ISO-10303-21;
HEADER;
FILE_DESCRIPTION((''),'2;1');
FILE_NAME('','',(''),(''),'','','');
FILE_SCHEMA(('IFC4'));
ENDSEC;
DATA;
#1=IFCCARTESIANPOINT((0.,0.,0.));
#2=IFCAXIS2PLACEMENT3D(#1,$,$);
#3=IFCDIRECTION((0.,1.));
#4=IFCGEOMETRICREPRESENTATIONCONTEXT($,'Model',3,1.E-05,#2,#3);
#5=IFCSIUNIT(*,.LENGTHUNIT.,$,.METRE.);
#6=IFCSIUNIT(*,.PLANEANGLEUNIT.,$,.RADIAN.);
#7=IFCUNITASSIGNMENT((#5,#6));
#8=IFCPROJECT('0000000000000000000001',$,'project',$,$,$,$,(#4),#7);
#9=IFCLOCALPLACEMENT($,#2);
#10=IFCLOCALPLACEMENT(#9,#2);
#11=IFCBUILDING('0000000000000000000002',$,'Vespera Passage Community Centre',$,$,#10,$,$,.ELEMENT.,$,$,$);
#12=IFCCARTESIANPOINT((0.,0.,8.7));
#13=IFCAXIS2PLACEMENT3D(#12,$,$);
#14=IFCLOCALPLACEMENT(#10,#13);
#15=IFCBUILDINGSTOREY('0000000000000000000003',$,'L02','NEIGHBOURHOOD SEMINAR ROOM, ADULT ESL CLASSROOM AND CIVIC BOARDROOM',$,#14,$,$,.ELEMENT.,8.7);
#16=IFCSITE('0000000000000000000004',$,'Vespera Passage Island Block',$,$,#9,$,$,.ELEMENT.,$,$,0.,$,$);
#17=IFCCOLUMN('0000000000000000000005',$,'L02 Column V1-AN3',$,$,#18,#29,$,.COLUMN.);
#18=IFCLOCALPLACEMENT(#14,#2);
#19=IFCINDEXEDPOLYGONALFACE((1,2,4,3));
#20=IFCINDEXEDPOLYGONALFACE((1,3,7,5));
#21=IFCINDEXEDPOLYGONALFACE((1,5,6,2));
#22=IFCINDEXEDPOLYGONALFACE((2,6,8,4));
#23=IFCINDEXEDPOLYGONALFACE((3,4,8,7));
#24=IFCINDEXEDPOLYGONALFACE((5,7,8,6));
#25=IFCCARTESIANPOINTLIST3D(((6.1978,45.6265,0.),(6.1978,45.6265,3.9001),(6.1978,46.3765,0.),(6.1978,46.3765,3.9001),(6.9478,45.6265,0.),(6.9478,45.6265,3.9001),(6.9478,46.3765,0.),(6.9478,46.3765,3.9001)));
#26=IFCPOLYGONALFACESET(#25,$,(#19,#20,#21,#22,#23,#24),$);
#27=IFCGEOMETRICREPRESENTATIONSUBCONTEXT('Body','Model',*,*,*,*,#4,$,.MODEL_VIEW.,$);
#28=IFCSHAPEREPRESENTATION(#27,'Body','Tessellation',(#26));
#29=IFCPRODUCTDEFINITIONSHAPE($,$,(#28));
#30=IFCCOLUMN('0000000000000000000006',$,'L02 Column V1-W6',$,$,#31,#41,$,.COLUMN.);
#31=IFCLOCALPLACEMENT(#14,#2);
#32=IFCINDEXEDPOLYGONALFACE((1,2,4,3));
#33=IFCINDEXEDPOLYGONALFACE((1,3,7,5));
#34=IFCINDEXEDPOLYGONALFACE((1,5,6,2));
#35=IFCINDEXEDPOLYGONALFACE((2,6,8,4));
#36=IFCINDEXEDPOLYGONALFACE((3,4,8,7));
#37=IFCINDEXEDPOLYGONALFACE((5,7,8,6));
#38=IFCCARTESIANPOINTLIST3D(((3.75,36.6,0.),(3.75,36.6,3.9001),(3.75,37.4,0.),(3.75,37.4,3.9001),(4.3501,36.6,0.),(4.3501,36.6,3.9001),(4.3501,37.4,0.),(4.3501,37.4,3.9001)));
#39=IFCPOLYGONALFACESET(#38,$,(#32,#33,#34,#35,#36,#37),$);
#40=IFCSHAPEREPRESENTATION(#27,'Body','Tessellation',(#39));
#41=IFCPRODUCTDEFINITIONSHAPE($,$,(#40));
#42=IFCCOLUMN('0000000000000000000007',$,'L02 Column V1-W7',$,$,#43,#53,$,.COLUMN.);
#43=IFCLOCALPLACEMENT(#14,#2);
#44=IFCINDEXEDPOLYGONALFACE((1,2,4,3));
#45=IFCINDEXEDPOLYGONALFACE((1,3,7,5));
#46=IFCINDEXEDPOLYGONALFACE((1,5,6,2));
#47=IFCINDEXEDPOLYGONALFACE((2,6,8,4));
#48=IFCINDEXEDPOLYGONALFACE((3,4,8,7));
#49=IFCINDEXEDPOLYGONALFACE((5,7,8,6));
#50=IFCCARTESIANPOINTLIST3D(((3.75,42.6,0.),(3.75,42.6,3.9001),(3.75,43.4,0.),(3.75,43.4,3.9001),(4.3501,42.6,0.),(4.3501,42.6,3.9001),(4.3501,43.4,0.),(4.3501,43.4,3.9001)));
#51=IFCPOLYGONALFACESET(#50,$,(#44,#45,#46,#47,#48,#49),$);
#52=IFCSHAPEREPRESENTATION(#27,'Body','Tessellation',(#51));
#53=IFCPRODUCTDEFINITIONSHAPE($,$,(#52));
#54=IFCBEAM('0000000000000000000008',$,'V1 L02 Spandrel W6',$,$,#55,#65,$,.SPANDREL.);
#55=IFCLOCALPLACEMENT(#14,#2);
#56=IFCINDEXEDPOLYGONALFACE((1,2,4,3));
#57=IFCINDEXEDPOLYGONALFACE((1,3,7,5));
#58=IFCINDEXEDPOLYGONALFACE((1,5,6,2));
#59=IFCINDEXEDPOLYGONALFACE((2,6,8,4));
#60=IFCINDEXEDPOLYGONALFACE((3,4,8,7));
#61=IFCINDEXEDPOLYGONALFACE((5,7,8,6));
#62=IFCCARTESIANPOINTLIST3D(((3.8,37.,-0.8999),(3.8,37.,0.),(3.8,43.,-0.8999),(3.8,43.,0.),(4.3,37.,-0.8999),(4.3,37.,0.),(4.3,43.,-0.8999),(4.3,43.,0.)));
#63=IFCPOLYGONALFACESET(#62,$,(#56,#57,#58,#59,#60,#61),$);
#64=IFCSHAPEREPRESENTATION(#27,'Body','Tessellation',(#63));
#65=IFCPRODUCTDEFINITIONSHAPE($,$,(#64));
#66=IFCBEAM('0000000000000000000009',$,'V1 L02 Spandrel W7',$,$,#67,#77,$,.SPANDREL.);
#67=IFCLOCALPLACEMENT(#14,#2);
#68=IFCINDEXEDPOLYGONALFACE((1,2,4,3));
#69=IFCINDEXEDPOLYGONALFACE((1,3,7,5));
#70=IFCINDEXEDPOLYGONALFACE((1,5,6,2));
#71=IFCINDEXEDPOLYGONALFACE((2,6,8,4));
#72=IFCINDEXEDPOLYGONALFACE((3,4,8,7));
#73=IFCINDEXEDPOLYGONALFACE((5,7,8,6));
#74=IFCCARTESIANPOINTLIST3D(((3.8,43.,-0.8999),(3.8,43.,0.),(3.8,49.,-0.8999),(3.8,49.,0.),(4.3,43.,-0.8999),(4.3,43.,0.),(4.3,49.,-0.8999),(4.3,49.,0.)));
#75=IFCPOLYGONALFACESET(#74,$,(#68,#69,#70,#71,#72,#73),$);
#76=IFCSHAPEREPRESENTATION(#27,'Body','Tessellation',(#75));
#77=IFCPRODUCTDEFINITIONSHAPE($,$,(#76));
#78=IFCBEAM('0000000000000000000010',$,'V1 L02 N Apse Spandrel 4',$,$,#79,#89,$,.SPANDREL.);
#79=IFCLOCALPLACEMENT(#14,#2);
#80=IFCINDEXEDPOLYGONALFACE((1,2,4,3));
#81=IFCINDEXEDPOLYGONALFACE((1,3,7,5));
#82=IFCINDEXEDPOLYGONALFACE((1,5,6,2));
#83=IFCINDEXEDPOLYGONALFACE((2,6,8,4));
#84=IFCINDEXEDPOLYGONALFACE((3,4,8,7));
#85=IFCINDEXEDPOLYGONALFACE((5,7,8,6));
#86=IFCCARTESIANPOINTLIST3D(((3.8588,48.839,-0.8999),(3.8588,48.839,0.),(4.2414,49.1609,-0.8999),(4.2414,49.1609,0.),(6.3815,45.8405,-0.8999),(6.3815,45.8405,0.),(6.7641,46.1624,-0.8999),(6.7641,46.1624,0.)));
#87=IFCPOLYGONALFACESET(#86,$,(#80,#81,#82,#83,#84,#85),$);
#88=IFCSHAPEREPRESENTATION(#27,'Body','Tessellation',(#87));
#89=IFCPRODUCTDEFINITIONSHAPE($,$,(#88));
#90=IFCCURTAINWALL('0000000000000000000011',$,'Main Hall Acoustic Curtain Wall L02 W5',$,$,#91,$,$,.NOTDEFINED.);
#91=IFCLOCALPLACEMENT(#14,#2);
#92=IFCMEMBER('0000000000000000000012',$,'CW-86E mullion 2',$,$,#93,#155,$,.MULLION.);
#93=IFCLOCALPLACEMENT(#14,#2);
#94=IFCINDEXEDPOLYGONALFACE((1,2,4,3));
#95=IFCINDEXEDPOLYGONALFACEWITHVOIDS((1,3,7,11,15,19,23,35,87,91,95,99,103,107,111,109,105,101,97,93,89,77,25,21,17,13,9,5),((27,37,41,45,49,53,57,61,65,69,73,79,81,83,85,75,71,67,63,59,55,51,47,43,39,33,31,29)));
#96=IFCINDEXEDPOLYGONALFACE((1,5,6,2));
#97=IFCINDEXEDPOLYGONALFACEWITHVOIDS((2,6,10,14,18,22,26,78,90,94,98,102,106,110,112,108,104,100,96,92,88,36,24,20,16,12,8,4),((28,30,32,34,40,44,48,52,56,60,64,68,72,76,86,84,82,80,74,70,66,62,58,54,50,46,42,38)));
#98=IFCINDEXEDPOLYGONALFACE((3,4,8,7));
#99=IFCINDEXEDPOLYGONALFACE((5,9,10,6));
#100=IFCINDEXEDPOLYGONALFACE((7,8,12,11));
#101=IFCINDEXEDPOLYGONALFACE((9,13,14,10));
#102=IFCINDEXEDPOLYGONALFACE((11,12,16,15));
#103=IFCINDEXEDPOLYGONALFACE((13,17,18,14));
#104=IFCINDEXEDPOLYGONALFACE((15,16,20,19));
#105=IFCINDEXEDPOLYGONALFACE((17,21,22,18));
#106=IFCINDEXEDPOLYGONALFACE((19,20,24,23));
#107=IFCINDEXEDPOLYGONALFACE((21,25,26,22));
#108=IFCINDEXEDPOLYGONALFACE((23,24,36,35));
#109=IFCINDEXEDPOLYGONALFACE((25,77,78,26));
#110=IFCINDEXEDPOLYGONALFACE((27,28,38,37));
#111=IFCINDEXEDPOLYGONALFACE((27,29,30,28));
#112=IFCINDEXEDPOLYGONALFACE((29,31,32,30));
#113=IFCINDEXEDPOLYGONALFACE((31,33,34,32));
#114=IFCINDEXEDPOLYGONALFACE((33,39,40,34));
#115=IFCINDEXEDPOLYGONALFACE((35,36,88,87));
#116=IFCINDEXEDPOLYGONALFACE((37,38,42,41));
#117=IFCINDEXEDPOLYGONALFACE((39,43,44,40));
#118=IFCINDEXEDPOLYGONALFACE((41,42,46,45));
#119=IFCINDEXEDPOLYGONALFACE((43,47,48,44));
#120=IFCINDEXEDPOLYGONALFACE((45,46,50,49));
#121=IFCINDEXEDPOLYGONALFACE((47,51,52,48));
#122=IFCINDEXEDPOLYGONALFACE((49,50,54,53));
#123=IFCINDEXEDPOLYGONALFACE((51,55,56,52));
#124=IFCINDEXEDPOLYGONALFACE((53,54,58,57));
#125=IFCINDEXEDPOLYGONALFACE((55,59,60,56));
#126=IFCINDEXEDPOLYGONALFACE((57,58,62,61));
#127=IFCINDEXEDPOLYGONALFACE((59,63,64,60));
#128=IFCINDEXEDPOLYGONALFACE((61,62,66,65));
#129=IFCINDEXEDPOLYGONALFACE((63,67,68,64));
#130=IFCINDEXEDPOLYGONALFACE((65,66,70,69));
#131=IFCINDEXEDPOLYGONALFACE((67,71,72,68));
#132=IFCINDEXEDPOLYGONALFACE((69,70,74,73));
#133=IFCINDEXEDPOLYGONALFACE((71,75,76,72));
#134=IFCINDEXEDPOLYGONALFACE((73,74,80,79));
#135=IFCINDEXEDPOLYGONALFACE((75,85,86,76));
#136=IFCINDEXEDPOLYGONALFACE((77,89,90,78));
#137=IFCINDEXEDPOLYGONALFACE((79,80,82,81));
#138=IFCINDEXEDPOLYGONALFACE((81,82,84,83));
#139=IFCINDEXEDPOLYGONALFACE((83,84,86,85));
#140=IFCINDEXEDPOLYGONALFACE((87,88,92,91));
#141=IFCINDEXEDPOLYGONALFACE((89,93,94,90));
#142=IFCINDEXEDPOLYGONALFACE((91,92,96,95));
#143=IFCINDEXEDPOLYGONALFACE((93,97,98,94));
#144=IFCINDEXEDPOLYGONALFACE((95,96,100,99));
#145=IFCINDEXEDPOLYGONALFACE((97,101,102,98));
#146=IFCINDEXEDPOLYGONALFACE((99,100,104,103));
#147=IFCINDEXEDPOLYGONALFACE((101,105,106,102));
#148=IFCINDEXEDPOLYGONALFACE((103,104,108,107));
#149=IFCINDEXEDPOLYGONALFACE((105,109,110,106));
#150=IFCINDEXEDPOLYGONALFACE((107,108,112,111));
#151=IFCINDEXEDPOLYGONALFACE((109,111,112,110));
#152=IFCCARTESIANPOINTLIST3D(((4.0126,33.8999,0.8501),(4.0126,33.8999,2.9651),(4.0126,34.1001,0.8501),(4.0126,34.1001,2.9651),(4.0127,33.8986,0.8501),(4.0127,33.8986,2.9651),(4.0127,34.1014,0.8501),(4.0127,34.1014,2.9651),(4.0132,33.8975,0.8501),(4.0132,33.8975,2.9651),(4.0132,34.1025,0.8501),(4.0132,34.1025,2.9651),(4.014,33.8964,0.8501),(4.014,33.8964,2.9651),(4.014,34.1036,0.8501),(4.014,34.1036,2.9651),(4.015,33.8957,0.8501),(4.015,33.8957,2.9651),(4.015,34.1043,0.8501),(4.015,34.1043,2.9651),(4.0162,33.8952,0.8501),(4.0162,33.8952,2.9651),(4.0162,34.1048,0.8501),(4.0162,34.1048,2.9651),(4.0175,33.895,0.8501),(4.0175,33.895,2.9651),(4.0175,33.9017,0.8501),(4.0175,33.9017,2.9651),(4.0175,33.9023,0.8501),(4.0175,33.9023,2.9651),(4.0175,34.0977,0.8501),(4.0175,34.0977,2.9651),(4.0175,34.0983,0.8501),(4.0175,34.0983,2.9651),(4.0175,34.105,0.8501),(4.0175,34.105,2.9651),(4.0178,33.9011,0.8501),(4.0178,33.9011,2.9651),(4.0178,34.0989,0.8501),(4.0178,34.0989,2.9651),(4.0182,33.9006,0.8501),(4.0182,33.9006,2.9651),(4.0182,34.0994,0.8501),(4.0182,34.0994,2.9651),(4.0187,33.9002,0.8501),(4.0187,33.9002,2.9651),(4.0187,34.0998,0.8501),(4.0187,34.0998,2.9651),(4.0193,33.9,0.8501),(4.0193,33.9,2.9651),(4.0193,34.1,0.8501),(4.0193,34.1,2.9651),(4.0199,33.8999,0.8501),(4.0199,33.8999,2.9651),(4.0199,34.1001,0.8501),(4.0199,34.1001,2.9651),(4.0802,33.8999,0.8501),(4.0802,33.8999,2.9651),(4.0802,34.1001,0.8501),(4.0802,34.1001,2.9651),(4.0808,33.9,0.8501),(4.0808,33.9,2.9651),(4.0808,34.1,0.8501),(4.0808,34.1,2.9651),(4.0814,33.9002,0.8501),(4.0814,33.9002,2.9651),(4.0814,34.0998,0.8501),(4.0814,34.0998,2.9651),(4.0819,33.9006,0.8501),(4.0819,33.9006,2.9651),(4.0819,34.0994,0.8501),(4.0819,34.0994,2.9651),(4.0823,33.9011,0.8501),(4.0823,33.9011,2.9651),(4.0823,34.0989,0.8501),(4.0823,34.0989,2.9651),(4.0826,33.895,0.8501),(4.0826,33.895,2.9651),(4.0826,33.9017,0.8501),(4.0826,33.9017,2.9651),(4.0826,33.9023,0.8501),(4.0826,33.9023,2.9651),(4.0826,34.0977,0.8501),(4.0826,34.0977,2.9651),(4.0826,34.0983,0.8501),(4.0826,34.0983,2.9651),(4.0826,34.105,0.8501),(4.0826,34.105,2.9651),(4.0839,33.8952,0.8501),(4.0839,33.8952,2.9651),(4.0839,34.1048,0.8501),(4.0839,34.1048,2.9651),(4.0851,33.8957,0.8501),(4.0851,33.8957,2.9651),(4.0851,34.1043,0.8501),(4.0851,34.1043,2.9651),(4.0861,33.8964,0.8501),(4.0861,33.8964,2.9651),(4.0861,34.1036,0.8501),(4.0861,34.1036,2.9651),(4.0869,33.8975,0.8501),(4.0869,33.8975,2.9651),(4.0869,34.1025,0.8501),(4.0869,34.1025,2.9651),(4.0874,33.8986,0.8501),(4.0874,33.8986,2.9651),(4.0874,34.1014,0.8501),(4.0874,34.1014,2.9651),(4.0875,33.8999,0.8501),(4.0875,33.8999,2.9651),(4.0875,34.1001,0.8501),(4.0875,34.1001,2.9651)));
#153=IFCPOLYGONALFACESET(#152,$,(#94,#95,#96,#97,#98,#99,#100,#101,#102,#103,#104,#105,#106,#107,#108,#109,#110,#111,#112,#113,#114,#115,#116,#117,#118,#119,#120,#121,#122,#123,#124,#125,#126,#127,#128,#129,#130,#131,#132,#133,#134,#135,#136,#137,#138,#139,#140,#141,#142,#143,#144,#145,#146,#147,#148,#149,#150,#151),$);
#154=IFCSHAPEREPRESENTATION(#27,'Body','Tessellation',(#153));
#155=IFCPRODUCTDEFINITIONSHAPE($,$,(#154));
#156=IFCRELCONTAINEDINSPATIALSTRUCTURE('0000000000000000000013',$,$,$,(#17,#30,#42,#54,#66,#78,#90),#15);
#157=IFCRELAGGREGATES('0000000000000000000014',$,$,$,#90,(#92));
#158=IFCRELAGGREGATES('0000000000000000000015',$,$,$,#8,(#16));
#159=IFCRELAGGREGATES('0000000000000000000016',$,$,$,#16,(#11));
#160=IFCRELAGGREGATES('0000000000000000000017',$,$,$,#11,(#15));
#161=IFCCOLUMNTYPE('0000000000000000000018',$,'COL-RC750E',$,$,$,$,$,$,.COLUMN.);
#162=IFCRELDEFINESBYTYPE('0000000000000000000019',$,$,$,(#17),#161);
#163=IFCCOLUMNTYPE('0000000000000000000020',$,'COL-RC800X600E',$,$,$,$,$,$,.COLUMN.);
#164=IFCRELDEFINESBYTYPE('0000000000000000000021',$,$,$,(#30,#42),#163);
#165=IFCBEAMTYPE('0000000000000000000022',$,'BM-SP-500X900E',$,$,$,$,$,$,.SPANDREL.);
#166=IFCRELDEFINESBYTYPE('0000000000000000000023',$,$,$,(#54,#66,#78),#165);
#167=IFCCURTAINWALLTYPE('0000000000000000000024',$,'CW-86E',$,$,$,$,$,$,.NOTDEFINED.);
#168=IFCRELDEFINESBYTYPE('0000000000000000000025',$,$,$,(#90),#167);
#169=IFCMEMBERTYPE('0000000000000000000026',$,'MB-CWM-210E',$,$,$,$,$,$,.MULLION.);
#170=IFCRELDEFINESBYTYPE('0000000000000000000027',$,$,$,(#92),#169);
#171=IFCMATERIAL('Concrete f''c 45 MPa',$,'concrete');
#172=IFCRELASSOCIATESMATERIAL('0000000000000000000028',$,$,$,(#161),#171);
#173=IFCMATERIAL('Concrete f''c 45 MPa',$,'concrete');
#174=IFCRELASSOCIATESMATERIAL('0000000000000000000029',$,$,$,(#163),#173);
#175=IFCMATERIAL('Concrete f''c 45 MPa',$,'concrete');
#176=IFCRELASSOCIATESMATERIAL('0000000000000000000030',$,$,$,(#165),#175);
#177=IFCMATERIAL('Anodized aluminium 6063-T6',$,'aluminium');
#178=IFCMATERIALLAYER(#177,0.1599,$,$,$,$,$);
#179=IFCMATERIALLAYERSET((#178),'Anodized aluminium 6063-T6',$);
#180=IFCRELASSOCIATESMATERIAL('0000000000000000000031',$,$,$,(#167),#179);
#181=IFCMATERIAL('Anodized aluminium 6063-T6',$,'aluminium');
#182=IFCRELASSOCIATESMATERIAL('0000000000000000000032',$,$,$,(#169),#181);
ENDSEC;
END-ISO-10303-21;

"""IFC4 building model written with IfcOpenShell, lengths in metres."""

from ifc_helpers import new_model, si_unit, direction, frame, origin, origin_2d, place, context, subcontext, project, spatial, rectangle, hollow_rectangle, extrude, material, layer, layer_set, material_profile, profile_set, type_object, element, aggregate, save


model = new_model("IFC4")

# Units and contexts
model_context = context("Model", 3, precision=1e-05, world=origin(), true_north=direction((0.0, 1.0)))
body_context = subcontext(model_context, "Body", "Model", "MODEL_VIEW")
ifc_project = project(units=[si_unit("LENGTHUNIT", "METRE"), si_unit("PLANEANGLEUNIT", "RADIAN")], contexts=[model_context])

# Site, building, storey
site_placement = place(None, origin())
site = spatial("IfcSite", under=ifc_project, at=site_placement, Name="Vespera Passage Island Block", CompositionType="ELEMENT", RefElevation=0.0)
building_placement = place(site_placement, origin())
building = spatial("IfcBuilding", under=site, at=building_placement, Name="Vespera Passage Community Centre", CompositionType="ELEMENT")
storey_placement = place(building_placement, frame((0.0, 0.0, 8.7)))
storey = spatial("IfcBuildingStorey", under=building, at=storey_placement, Name="L02", Description="NEIGHBOURHOOD SEMINAR ROOM, ADULT ESL CLASSROOM AND CIVIC BOARDROOM", CompositionType="ELEMENT", Elevation=8.7)

# Columns
ifc_material_1 = material(Name="Concrete f'c 45 MPa", Category="concrete")
ifc_material_profile_1 = material_profile(ifc_material_1, rectangle(XDim=0.75, YDim=0.75, at=origin_2d()), Name="RC750X750")
ifc_profile_set_1 = profile_set([ifc_material_profile_1], Name="Concrete f'c 45 MPa")
column_type_1 = type_object("IfcColumnType", Name="COL-RC750E", PredefinedType="COLUMN", material=ifc_profile_set_1)
column_placement = place(storey_placement, frame((6.5728, 46.0015, 0.0), z_axis=(0.0, 0.0, 1.0), x_axis=(1.0, 0.0, 0.0)))
element("IfcColumn", 1, at=column_placement, inside=storey, type_object=column_type_1, Name="L02 Column V1-AN3", PredefinedType="COLUMN", context=body_context, shape_type="SweptSolid", body=[
    extrude(rectangle(XDim=0.75, YDim=0.75, at=origin_2d()), origin(), (0.0, 0.0, 1.0), 3.9001),
])
ifc_material_2 = material(Name="Concrete f'c 45 MPa", Category="concrete")
ifc_material_profile_2 = material_profile(ifc_material_2, rectangle(XDim=0.6001, YDim=0.8, at=origin_2d()), Name="RC800X600")
ifc_profile_set_2 = profile_set([ifc_material_profile_2], Name="Concrete f'c 45 MPa")
column_type_2 = type_object("IfcColumnType", Name="COL-RC800X600E", PredefinedType="COLUMN", material=ifc_profile_set_2)
for number, where, z_axis, x_axis, name in (
    (2, (4.05, 37.0, 0.0), (0.0, 0.0, 1.0), (1.0, 0.0, 0.0), "L02 Column V1-W6"),
    (3, (4.05, 43.0, 0.0), (0.0, 0.0, 1.0), (1.0, 0.0, 0.0), "L02 Column V1-W7"),
):
    element("IfcColumn", number, at=place(storey_placement, frame(where, z_axis=z_axis, x_axis=x_axis)), inside=storey, type_object=column_type_2, Name=name, PredefinedType="COLUMN", context=body_context, shape_type="SweptSolid", body=[
        extrude(rectangle(XDim=0.6001, YDim=0.8, at=origin_2d()), origin(), (0.0, 0.0, 1.0), 3.9001),
    ])

# Beams
ifc_material_3 = material(Name="Concrete f'c 45 MPa", Category="concrete")
ifc_material_profile_3 = material_profile(ifc_material_3, rectangle(XDim=0.5, YDim=0.8999, at=origin_2d()), Name="RC500X900")
ifc_profile_set_3 = profile_set([ifc_material_profile_3], Name="Concrete f'c 45 MPa")
beam_type = type_object("IfcBeamType", Name="BM-SP-500X900E", PredefinedType="SPANDREL", material=ifc_profile_set_3)
for number, where, z_axis, x_axis, name in (
    (4, (4.05, 37.0, -0.45), (0.0, 1.0, 0.0), (-1.0, 0.0, 0.0), "V1 L02 Spandrel W6"),
    (5, (4.05, 43.0, -0.45), (0.0, 1.0, 0.0), (-1.0, 0.0, 0.0), "V1 L02 Spandrel W7"),
):
    element("IfcBeam", number, at=place(storey_placement, frame(where, z_axis=z_axis, x_axis=x_axis)), inside=storey, type_object=beam_type, Name=name, PredefinedType="SPANDREL", context=body_context, shape_type="SweptSolid", body=[
        extrude(rectangle(XDim=0.5, YDim=0.8999, at=origin_2d()), origin(), (0.0, 0.0, 1.0), 6.0),
    ])
beam_placement = place(storey_placement, frame((6.5728, 46.0015, -0.45), z_axis=(-0.643781, 0.76521, 0.0), x_axis=(-0.76521, -0.643781, 0.0)))
element("IfcBeam", 6, at=beam_placement, inside=storey, type_object=beam_type, Name="V1 L02 N Apse Spandrel 4", PredefinedType="SPANDREL", context=body_context, shape_type="SweptSolid", body=[
    extrude(rectangle(XDim=0.5, YDim=0.8999, at=origin_2d()), origin(), (0.0, 0.0, 1.0), 3.9185),
])

# Curtain wall, member
ifc_material_4 = material(Name="Anodized aluminium 6063-T6", Category="aluminium")
ifc_layer_1 = layer(ifc_material_4, 0.1599)
ifc_layer_set_1 = layer_set([ifc_layer_1], Name="Anodized aluminium 6063-T6")
curtain_wall_type = type_object("IfcCurtainWallType", Name="CW-86E", PredefinedType="NOTDEFINED", material=ifc_layer_set_1)
curtain_wall_1_placement = place(storey_placement, origin())
curtain_wall_1 = element("IfcCurtainWall", 7, at=curtain_wall_1_placement, inside=storey, type_object=curtain_wall_type, Name="Main Hall Acoustic Curtain Wall L02 W5", PredefinedType="NOTDEFINED")
ifc_material_5 = material(Name="Anodized aluminium 6063-T6", Category="aluminium")
ifc_material_profile_4 = material_profile(ifc_material_5, hollow_rectangle(XDim=0.075, YDim=0.21, WallThickness=0.0049, InnerFilletRadius=0.0024, OuterFilletRadius=0.0049, at=origin_2d()), Name="ALU210X75X5")
ifc_profile_set_4 = profile_set([ifc_material_profile_4], Name="Anodized aluminium 6063-T6")
member_type_1 = type_object("IfcMemberType", Name="MB-CWM-210E", PredefinedType="MULLION", material=ifc_profile_set_4)
member_1_placement = place(storey_placement, frame((4.05, 34.0, 0.8501), z_axis=(0.0, 0.0, 1.0), x_axis=(-1.0, 0.0, 0.0)))
member_1 = element("IfcMember", 8, at=member_1_placement, type_object=member_type_1, Name="CW-86E mullion 2", PredefinedType="MULLION", context=body_context, shape_type="SweptSolid", body=[
    extrude(hollow_rectangle(XDim=0.075, YDim=0.21, WallThickness=0.0049, InnerFilletRadius=0.0024, OuterFilletRadius=0.0049, at=origin_2d()), origin(), (0.0, 0.0, 1.0), 2.115),
])

aggregate(curtain_wall_1, [member_1])

save(model, "model.ifc")
